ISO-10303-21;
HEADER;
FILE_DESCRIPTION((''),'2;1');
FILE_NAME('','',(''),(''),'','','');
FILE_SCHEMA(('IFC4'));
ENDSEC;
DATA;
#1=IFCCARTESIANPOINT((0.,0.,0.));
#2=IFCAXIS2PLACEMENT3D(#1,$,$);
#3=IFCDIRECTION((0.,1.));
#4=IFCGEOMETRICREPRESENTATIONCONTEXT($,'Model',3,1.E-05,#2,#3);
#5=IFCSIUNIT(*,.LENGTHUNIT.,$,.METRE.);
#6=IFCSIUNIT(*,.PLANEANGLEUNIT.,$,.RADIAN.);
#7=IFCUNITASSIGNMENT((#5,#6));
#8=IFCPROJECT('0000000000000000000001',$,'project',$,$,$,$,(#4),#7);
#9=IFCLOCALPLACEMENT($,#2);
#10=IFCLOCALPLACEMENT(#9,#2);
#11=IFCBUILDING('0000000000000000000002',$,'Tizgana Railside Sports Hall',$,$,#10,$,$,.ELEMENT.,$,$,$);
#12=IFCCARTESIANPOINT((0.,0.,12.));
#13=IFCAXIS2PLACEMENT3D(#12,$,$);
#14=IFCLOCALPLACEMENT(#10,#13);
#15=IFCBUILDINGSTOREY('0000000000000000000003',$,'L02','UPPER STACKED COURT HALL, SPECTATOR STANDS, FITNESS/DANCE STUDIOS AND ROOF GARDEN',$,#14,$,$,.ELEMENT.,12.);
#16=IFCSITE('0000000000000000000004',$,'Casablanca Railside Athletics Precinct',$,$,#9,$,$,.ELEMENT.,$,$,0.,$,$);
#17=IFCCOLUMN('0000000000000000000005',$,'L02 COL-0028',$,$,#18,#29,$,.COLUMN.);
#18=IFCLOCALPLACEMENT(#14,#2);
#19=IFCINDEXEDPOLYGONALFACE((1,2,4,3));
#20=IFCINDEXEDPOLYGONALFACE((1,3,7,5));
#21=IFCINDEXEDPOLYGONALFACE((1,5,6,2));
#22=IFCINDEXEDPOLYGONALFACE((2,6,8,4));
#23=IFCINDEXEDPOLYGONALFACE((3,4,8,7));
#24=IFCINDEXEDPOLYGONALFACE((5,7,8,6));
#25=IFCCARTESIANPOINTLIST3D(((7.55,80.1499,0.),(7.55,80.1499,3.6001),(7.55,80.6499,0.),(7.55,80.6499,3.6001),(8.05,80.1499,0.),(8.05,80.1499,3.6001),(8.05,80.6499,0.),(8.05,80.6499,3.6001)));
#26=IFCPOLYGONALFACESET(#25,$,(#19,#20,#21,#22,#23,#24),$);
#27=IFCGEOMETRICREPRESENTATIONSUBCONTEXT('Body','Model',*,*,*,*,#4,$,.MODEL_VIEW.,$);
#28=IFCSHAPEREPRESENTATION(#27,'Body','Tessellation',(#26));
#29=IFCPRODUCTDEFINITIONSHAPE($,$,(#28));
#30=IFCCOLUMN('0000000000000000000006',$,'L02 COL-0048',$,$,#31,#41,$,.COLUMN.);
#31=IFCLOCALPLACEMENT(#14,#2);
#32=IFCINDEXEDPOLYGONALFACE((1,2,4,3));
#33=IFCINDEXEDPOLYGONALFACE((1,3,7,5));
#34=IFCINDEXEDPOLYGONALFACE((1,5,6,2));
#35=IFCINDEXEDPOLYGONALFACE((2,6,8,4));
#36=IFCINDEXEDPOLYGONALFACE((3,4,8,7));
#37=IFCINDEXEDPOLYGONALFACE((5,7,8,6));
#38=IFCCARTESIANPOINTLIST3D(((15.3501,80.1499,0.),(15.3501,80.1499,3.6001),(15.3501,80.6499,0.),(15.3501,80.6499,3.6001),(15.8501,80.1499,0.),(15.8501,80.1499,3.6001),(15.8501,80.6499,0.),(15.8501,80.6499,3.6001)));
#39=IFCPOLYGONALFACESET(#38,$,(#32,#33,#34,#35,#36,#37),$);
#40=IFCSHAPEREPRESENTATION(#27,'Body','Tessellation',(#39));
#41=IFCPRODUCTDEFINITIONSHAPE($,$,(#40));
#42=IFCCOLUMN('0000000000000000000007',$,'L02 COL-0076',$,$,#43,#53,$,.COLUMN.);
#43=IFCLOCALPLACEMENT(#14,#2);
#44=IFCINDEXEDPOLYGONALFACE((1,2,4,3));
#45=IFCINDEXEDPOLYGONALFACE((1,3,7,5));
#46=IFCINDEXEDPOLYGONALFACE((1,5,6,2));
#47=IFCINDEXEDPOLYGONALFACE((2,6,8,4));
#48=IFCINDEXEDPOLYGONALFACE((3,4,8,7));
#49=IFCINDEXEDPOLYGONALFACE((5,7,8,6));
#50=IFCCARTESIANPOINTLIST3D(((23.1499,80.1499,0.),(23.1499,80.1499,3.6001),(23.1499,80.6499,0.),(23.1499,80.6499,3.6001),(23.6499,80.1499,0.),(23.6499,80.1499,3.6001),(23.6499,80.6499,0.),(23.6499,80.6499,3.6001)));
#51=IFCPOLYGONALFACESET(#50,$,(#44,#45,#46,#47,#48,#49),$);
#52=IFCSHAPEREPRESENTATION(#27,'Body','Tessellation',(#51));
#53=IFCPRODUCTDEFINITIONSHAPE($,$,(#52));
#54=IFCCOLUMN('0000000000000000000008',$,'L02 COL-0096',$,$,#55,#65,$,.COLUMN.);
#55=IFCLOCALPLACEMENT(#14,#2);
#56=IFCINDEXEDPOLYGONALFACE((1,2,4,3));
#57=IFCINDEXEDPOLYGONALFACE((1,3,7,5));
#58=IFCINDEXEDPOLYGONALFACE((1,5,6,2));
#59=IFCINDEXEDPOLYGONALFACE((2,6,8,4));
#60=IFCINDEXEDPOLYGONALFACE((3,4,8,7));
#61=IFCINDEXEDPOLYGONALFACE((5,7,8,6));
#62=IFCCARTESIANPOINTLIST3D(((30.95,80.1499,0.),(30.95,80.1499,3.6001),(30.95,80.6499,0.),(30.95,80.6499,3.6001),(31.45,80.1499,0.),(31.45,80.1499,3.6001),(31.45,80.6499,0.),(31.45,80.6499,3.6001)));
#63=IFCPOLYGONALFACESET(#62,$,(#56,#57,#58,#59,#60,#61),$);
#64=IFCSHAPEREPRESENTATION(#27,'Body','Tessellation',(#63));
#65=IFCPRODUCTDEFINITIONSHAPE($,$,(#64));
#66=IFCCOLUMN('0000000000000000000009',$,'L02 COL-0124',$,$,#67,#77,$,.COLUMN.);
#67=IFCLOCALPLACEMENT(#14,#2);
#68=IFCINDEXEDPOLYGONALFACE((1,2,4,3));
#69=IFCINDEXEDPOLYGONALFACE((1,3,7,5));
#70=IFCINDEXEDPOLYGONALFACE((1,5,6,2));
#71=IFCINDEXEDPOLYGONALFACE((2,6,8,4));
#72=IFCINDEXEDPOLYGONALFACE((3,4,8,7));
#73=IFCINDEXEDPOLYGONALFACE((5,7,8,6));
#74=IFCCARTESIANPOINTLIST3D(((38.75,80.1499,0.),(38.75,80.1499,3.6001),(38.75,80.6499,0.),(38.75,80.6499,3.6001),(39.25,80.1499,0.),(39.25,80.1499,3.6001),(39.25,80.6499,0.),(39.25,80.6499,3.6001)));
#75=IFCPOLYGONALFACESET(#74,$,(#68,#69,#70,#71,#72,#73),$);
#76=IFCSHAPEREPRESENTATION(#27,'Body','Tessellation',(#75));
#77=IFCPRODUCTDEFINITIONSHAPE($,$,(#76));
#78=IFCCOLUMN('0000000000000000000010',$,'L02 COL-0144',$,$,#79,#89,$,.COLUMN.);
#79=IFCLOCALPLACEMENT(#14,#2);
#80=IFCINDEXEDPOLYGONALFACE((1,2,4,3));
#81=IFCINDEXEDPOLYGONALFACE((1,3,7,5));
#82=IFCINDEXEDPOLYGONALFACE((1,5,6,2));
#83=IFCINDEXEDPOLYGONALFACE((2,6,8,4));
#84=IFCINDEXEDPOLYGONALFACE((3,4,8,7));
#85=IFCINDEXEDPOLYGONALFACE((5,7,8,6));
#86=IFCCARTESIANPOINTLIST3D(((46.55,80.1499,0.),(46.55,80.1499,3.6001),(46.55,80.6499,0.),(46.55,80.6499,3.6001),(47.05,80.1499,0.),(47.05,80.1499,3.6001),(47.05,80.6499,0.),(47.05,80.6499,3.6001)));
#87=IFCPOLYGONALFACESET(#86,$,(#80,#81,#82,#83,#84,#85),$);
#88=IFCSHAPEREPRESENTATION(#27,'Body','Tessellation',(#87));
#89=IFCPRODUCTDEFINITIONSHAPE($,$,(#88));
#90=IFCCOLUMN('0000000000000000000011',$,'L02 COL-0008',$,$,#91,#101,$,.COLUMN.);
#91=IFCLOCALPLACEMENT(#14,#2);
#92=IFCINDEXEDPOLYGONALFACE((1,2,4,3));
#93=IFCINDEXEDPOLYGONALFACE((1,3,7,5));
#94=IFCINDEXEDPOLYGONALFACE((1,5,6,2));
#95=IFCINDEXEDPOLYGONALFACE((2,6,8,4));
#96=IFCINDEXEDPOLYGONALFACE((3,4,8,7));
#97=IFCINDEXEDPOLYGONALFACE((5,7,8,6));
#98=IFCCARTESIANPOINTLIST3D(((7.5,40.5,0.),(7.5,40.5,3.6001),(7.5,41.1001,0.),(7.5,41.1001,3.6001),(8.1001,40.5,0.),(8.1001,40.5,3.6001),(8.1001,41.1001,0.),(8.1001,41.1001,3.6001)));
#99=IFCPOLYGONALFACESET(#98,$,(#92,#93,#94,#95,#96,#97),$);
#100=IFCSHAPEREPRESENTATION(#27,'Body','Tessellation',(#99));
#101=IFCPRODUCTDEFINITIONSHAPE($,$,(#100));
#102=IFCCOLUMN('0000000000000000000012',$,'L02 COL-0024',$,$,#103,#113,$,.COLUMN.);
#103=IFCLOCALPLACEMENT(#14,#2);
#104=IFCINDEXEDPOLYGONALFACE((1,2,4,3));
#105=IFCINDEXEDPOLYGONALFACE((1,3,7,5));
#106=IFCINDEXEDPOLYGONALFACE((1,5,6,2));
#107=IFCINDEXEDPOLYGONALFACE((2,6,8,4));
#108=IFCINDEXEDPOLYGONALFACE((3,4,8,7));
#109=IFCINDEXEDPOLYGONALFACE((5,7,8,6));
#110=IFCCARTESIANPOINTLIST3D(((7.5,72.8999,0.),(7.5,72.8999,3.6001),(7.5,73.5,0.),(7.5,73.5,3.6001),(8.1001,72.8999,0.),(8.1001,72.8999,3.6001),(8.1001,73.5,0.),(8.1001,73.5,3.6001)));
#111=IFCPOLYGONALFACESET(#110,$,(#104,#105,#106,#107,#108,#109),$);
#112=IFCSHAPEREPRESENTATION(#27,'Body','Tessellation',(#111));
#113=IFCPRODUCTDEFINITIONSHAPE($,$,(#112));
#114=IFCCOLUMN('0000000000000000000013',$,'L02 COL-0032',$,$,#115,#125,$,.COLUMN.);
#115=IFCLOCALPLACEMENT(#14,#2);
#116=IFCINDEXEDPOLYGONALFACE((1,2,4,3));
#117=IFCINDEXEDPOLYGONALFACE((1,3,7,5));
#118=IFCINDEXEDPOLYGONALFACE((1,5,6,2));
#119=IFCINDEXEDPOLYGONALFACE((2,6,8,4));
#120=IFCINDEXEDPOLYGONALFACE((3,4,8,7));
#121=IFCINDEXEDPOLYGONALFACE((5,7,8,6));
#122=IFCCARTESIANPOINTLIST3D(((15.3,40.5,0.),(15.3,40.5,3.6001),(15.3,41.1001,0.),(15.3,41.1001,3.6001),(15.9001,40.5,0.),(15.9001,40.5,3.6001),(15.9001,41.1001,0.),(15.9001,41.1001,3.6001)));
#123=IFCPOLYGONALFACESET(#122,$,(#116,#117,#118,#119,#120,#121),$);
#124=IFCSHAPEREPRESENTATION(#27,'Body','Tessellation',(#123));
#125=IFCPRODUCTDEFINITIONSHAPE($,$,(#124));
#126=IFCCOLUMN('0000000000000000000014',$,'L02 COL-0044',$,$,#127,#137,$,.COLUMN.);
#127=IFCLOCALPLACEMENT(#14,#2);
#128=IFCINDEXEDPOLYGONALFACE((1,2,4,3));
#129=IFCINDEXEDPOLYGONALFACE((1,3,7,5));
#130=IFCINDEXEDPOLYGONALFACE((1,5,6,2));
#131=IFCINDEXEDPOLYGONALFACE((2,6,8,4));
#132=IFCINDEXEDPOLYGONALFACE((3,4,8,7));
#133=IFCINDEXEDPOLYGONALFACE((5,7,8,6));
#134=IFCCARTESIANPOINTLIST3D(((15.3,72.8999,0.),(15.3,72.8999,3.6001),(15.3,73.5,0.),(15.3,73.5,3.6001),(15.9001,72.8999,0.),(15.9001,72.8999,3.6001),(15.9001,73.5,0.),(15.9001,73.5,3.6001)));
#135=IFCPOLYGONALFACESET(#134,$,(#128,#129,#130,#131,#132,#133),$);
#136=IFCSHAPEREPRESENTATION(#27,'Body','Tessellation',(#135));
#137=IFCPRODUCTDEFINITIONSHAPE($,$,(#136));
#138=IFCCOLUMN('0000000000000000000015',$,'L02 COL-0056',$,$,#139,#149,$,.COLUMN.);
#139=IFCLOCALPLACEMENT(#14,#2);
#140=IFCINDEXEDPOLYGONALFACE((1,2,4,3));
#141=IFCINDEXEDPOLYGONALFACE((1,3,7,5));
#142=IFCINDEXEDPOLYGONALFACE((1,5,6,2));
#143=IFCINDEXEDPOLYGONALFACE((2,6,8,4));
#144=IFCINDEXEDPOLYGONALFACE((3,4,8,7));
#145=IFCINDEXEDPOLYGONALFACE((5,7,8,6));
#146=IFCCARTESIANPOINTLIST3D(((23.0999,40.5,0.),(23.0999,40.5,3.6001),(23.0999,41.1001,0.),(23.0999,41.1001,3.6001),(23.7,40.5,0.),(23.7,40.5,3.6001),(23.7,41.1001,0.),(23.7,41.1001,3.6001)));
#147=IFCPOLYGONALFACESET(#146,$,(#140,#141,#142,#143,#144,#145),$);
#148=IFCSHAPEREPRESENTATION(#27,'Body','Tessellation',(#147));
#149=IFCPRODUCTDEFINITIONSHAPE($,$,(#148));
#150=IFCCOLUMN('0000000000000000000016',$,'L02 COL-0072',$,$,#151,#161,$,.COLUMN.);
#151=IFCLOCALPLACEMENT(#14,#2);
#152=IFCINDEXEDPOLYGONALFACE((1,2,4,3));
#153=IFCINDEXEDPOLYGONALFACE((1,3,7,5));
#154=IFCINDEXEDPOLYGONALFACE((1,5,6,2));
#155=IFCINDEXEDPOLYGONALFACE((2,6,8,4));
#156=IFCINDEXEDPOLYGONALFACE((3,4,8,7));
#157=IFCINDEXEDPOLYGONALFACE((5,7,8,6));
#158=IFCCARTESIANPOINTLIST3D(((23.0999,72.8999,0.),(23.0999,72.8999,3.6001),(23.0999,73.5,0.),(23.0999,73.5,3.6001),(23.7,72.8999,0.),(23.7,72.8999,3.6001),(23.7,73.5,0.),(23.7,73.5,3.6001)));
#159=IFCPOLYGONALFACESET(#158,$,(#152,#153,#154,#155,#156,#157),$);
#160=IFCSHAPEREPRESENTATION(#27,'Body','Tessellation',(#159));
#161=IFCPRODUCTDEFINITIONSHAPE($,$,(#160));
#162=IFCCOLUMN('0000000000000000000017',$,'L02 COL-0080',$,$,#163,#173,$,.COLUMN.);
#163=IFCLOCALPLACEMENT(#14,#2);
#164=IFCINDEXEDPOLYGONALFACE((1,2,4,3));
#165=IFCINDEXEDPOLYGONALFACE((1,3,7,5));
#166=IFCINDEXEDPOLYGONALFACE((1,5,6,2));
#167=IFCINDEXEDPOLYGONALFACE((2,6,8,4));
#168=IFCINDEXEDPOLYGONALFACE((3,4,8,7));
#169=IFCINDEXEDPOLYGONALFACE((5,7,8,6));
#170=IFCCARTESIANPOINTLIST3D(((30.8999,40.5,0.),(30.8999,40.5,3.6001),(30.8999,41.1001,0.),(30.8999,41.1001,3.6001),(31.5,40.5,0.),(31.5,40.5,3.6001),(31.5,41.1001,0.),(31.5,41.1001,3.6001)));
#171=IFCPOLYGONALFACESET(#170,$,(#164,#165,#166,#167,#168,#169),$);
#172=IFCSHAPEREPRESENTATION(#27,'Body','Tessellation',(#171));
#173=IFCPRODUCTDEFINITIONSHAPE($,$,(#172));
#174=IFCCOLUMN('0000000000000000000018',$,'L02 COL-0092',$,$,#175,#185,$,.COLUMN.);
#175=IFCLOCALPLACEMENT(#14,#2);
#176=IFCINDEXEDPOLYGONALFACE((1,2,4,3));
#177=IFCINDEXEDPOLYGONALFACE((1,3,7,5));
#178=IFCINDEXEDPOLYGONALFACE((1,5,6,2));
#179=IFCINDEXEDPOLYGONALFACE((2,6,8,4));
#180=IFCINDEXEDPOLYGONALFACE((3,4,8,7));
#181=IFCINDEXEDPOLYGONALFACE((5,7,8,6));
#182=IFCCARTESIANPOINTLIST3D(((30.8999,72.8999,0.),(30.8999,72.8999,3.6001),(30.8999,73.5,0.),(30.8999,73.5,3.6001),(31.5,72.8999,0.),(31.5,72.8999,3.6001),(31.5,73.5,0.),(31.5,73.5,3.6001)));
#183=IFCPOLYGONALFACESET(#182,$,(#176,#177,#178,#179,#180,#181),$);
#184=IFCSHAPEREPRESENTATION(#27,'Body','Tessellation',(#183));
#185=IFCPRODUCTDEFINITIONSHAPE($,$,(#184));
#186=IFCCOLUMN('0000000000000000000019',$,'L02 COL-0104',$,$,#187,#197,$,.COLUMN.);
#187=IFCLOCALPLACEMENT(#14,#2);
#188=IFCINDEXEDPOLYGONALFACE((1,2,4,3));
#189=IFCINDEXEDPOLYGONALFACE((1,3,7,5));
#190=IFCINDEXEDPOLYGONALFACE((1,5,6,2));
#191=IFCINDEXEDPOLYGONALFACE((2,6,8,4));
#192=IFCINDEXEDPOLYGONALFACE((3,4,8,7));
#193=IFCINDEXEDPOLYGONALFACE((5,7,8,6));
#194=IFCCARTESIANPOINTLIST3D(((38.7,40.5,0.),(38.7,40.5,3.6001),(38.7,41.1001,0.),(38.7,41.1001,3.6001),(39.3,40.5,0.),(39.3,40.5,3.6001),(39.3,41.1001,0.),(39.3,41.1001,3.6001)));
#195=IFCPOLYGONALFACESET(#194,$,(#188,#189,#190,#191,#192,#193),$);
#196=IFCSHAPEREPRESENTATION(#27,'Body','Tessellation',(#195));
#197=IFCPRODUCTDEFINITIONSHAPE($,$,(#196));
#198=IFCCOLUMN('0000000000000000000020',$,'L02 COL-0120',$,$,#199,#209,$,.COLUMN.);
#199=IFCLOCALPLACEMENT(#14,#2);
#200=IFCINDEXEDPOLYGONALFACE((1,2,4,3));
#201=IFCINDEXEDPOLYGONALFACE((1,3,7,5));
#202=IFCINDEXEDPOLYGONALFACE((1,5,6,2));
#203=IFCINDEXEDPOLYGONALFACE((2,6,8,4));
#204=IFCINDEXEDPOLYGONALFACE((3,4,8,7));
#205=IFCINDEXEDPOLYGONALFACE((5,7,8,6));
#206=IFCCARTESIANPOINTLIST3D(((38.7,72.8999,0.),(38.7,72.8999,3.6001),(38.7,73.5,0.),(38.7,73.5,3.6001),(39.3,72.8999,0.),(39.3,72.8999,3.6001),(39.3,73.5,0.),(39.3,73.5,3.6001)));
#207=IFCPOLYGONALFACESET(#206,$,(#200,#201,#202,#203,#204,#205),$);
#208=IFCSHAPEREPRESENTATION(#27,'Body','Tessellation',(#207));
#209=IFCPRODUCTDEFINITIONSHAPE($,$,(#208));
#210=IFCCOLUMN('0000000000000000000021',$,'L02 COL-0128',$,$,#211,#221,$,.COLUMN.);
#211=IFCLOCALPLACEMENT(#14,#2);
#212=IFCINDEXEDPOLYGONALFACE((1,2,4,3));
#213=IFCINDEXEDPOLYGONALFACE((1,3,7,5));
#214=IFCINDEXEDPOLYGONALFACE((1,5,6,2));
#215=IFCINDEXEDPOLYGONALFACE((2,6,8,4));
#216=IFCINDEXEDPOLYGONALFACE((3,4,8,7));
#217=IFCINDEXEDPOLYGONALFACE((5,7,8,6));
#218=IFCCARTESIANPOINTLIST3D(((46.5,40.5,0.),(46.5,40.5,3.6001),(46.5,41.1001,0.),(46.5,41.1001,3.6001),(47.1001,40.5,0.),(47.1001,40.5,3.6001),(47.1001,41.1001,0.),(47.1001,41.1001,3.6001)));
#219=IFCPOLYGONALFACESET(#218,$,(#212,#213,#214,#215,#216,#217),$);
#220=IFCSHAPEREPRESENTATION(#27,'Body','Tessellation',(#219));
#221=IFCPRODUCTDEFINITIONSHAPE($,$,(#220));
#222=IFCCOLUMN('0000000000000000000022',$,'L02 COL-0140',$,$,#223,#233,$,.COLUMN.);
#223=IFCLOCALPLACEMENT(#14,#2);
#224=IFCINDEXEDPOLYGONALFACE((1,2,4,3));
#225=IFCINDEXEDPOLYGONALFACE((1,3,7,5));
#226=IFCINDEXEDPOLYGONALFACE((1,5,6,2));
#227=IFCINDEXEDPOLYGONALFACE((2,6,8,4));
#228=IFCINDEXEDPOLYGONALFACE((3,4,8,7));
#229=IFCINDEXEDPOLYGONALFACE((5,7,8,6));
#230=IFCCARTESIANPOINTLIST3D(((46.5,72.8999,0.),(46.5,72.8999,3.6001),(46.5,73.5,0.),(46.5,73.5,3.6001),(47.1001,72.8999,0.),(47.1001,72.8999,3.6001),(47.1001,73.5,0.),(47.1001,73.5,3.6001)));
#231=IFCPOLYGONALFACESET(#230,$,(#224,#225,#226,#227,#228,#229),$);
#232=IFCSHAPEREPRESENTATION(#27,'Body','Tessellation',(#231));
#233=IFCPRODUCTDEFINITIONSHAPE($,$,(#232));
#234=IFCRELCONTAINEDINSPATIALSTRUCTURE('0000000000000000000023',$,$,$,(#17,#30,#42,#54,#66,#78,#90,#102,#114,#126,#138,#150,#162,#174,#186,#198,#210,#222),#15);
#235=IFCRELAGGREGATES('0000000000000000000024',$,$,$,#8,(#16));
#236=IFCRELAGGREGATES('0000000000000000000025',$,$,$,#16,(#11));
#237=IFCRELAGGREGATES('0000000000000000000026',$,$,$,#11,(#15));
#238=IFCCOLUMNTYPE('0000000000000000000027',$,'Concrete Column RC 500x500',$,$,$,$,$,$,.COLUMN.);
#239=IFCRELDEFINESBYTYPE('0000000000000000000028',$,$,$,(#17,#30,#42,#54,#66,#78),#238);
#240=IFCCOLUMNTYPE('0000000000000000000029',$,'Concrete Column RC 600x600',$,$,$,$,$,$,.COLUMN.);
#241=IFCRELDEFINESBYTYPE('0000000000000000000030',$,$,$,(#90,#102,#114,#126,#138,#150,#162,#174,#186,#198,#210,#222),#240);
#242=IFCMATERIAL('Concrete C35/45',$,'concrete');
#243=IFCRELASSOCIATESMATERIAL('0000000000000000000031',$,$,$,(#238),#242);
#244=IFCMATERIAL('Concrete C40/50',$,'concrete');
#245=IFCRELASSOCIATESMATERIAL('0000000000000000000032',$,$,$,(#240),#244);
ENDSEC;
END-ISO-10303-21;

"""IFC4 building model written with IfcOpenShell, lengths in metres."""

from ifc_helpers import new_model, si_unit, direction, frame, origin, origin_2d, place, context, subcontext, project, spatial, rectangle, extrude, material, material_profile, profile_set, type_object, element, save


model = new_model("IFC4")

# Units and contexts
model_context = context("Model", 3, precision=1e-05, world=origin(), true_north=direction((0.0, 1.0)))
body_context = subcontext(model_context, "Body", "Model", "MODEL_VIEW")
ifc_project = project(units=[si_unit("LENGTHUNIT", "METRE"), si_unit("PLANEANGLEUNIT", "RADIAN")], contexts=[model_context])

# Site, building, storey
site_placement = place(None, origin())
site = spatial("IfcSite", under=ifc_project, at=site_placement, Name="Casablanca Railside Athletics Precinct", CompositionType="ELEMENT", RefElevation=0.0)
building_placement = place(site_placement, origin())
building = spatial("IfcBuilding", under=site, at=building_placement, Name="Tizgana Railside Sports Hall", CompositionType="ELEMENT")
storey_placement = place(building_placement, frame((0.0, 0.0, 12.0)))
storey = spatial("IfcBuildingStorey", under=building, at=storey_placement, Name="L02", Description="UPPER STACKED COURT HALL, SPECTATOR STANDS, FITNESS/DANCE STUDIOS AND ROOF GARDEN", CompositionType="ELEMENT", Elevation=12.0)

# Columns
ifc_material_1 = material(Name="Concrete C35/45", Category="concrete")
ifc_material_profile_1 = material_profile(ifc_material_1, rectangle(XDim=0.5, YDim=0.5, at=origin_2d()), Name="RC 500x500")
ifc_profile_set_1 = profile_set([ifc_material_profile_1], Name="Concrete C35/45")
column_type_1 = type_object("IfcColumnType", Name="Concrete Column RC 500x500", PredefinedType="COLUMN", material=ifc_profile_set_1)
for number, where, z_axis, x_axis, name in (
    (1, (7.8, 80.3999, 0.0), (0.0, 0.0, 1.0), (1.0, 0.0, 0.0), "L02 COL-0028"),
    (2, (15.6001, 80.3999, 0.0), (0.0, 0.0, 1.0), (1.0, 0.0, 0.0), "L02 COL-0048"),
    (3, (23.3999, 80.3999, 0.0), (0.0, 0.0, 1.0), (1.0, 0.0, 0.0), "L02 COL-0076"),
    (4, (31.2, 80.3999, 0.0), (0.0, 0.0, 1.0), (1.0, 0.0, 0.0), "L02 COL-0096"),
    (5, (39.0, 80.3999, 0.0), (0.0, 0.0, 1.0), (1.0, 0.0, 0.0), "L02 COL-0124"),
    (6, (46.8, 80.3999, 0.0), (0.0, 0.0, 1.0), (1.0, 0.0, 0.0), "L02 COL-0144"),
):
    element("IfcColumn", number, at=place(storey_placement, frame(where, z_axis=z_axis, x_axis=x_axis)), inside=storey, type_object=column_type_1, Name=name, PredefinedType="COLUMN", context=body_context, shape_type="SweptSolid", body=[
        extrude(rectangle(XDim=0.5, YDim=0.5, at=origin_2d()), origin(), (0.0, 0.0, 1.0), 3.6001),
    ])
ifc_material_2 = material(Name="Concrete C40/50", Category="concrete")
ifc_material_profile_2 = material_profile(ifc_material_2, rectangle(XDim=0.6001, YDim=0.6001, at=origin_2d()), Name="RC 600x600")
ifc_profile_set_2 = profile_set([ifc_material_profile_2], Name="Concrete C40/50")
column_type_2 = type_object("IfcColumnType", Name="Concrete Column RC 600x600", PredefinedType="COLUMN", material=ifc_profile_set_2)
for number, where, z_axis, x_axis, name in (
    (7, (7.8, 40.8, 0.0), (0.0, 0.0, 1.0), (1.0, 0.0, 0.0), "L02 COL-0008"),
    (8, (7.8, 73.2, 0.0), (0.0, 0.0, 1.0), (1.0, 0.0, 0.0), "L02 COL-0024"),
    (9, (15.6001, 40.8, 0.0), (0.0, 0.0, 1.0), (1.0, 0.0, 0.0), "L02 COL-0032"),
    (10, (15.6001, 73.2, 0.0), (0.0, 0.0, 1.0), (1.0, 0.0, 0.0), "L02 COL-0044"),
    (11, (23.3999, 40.8, 0.0), (0.0, 0.0, 1.0), (1.0, 0.0, 0.0), "L02 COL-0056"),
    (12, (23.3999, 73.2, 0.0), (0.0, 0.0, 1.0), (1.0, 0.0, 0.0), "L02 COL-0072"),
    (13, (31.2, 40.8, 0.0), (0.0, 0.0, 1.0), (1.0, 0.0, 0.0), "L02 COL-0080"),
    (14, (31.2, 73.2, 0.0), (0.0, 0.0, 1.0), (1.0, 0.0, 0.0), "L02 COL-0092"),
    (15, (39.0, 40.8, 0.0), (0.0, 0.0, 1.0), (1.0, 0.0, 0.0), "L02 COL-0104"),
    (16, (39.0, 73.2, 0.0), (0.0, 0.0, 1.0), (1.0, 0.0, 0.0), "L02 COL-0120"),
    (17, (46.8, 40.8, 0.0), (0.0, 0.0, 1.0), (1.0, 0.0, 0.0), "L02 COL-0128"),
    (18, (46.8, 73.2, 0.0), (0.0, 0.0, 1.0), (1.0, 0.0, 0.0), "L02 COL-0140"),
):
    element("IfcColumn", number, at=place(storey_placement, frame(where, z_axis=z_axis, x_axis=x_axis)), inside=storey, type_object=column_type_2, Name=name, PredefinedType="COLUMN", context=body_context, shape_type="SweptSolid", body=[
        extrude(rectangle(XDim=0.6001, YDim=0.6001, at=origin_2d()), origin(), (0.0, 0.0, 1.0), 3.6001),
    ])

save(model, "model.ifc")
